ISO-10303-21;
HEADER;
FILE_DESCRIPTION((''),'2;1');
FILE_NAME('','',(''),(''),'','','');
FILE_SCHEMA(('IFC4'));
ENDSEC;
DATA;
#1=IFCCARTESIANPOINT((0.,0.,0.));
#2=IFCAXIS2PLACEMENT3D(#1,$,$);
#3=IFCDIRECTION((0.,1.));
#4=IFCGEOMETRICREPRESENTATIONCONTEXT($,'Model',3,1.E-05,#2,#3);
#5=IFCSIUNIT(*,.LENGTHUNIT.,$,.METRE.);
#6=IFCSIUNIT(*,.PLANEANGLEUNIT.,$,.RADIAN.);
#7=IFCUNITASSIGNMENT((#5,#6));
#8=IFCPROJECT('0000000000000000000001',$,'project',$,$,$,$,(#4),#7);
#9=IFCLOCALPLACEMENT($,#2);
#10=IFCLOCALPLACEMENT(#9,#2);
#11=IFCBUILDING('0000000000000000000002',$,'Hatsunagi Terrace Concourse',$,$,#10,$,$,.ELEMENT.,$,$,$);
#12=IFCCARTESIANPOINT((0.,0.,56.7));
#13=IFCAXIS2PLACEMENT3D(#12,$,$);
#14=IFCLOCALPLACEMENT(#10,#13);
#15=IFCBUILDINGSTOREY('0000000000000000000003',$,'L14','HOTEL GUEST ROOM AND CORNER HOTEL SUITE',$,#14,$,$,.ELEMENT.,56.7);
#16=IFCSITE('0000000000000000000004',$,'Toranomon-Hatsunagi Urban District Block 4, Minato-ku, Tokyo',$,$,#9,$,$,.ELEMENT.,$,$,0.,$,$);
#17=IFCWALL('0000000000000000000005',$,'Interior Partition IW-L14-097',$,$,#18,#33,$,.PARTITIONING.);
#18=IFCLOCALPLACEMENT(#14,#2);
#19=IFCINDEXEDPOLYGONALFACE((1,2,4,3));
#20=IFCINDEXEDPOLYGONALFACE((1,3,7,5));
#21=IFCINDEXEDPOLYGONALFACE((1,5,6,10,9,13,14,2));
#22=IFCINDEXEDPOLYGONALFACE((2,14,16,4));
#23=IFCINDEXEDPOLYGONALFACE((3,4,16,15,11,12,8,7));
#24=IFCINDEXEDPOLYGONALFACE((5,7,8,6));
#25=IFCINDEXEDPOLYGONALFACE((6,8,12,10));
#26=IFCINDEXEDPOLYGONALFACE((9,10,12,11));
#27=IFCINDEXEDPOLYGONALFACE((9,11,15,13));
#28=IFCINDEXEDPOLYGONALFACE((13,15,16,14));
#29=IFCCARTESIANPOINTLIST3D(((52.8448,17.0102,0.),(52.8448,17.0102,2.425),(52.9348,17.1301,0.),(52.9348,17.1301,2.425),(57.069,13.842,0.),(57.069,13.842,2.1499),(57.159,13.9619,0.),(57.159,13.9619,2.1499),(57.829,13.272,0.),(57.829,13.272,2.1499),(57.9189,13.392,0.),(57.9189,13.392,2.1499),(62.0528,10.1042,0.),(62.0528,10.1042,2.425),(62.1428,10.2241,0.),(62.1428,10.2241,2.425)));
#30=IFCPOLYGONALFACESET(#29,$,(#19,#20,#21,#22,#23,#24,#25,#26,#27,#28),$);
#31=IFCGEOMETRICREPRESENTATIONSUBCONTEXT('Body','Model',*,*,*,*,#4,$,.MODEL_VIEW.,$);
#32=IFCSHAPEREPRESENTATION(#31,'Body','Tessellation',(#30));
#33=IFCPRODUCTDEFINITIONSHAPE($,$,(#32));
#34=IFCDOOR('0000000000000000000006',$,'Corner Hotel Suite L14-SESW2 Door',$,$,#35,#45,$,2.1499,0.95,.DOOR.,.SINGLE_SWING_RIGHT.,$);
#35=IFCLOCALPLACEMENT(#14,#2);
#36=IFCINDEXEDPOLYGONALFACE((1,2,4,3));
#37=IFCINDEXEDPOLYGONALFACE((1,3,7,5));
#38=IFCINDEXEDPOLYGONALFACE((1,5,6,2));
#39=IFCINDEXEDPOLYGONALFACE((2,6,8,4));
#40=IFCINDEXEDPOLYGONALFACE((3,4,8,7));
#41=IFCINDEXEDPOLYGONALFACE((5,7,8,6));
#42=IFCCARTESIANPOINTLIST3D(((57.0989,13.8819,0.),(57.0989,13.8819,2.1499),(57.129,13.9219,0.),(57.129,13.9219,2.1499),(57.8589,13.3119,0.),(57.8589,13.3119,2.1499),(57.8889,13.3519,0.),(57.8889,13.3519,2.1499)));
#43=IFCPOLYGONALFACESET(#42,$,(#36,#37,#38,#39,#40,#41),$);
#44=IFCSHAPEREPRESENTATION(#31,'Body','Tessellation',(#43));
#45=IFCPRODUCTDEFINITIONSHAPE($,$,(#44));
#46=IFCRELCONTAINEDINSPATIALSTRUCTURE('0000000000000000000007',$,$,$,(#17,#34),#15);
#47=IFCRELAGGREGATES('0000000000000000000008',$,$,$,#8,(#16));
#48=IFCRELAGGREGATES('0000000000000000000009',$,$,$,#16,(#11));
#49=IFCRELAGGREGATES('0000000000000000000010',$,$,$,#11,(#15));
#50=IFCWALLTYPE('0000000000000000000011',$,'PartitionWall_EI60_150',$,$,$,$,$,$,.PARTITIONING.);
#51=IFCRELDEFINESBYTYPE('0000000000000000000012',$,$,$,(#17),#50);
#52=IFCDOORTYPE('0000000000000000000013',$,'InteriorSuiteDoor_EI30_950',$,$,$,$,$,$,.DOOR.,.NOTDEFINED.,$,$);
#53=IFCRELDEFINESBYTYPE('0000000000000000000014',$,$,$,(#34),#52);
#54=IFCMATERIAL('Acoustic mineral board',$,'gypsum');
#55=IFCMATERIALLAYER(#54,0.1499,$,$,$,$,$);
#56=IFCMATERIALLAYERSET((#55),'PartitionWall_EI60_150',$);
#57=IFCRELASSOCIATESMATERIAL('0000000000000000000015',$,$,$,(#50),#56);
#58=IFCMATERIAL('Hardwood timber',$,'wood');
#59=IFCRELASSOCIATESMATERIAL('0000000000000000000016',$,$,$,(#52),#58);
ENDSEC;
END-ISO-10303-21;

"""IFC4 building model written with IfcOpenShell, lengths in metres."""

from ifc_helpers import new_model, si_unit, direction, frame, frame_2d, origin, place, context, subcontext, project, spatial, rectangle, extrude, material, layer, layer_set, type_object, element, fill, save


model = new_model("IFC4")

# Units and contexts
model_context = context("Model", 3, precision=1e-05, world=origin(), true_north=direction((0.0, 1.0)))
body_context = subcontext(model_context, "Body", "Model", "MODEL_VIEW")
ifc_project = project(units=[si_unit("LENGTHUNIT", "METRE"), si_unit("PLANEANGLEUNIT", "RADIAN")], contexts=[model_context])

# Site, building, storey
site_placement = place(None, origin())
site = spatial("IfcSite", under=ifc_project, at=site_placement, Name="Toranomon-Hatsunagi Urban District Block 4, Minato-ku, Tokyo", CompositionType="ELEMENT", RefElevation=0.0)
building_placement = place(site_placement, origin())
building = spatial("IfcBuilding", under=site, at=building_placement, Name="Hatsunagi Terrace Concourse", CompositionType="ELEMENT")
storey_placement = place(building_placement, frame((0.0, 0.0, 56.7)))
storey = spatial("IfcBuildingStorey", under=building, at=storey_placement, Name="L14", Description="HOTEL GUEST ROOM AND CORNER HOTEL SUITE", CompositionType="ELEMENT", Elevation=56.7)

# Shared definitions
ifc_material_1 = material(Name="Acoustic mineral board", Category="gypsum")
ifc_layer_1 = layer(ifc_material_1, 0.1499)
ifc_layer_set_1 = layer_set([ifc_layer_1], Name="PartitionWall_EI60_150")
wall_type_1 = type_object("IfcWallType", Name="PartitionWall_EI60_150", PredefinedType="PARTITIONING", material=ifc_layer_set_1)

# Wall, opening, door
wall_1_placement = place(storey_placement, frame((52.8899, 17.0701, 0.0), z_axis=(0.0, 0.0, 1.0), x_axis=(0.8, -0.6, 0.0)))
wall_1 = element("IfcWall", 1, at=wall_1_placement, inside=storey, type_object=wall_type_1, Name="Interior Partition IW-L14-097", PredefinedType="PARTITIONING", context=body_context, shape_type="SweptSolid", body=[
    extrude(rectangle(XDim=11.51, YDim=0.1499, at=frame_2d((5.7549, 0.0))), origin(), (0.0, 0.0, 1.0), 2.425),
])
opening_1_placement = place(wall_1_placement, frame((5.28, 0.0, 0.0)))
opening_1 = element("IfcOpeningElement", 2, at=opening_1_placement, cuts=wall_1, PredefinedType="OPENING", context=body_context, shape_type="SweptSolid", body=[
    extrude(rectangle(XDim=0.95, YDim=2.1499, at=frame_2d((0.4751, 1.075))), frame((0.0, 0.085, 0.0), z_axis=(0.0, -1.0, 0.0), x_axis=(1.0, 0.0, 0.0)), (0.0, 0.0, 1.0), 0.1699),
])
ifc_material_2 = material(Name="Hardwood timber", Category="wood")
door_type_1 = type_object("IfcDoorType", Name="InteriorSuiteDoor_EI30_950", OperationType="NOTDEFINED", PredefinedType="DOOR", material=ifc_material_2)
door_1_placement = place(opening_1_placement, origin())
door_1 = element("IfcDoor", 3, at=door_1_placement, inside=storey, type_object=door_type_1, Name="Corner Hotel Suite L14-SESW2 Door", OperationType="SINGLE_SWING_RIGHT", OverallHeight=2.1499, OverallWidth=0.95, PredefinedType="DOOR", context=body_context, shape_type="SweptSolid", body=[
    extrude(rectangle(XDim=0.95, YDim=2.1499, at=frame_2d((0.4751, 1.075))), frame((0.0, 0.0249, 0.0), z_axis=(0.0, -1.0, 0.0), x_axis=(1.0, 0.0, 0.0)), (0.0, 0.0, 1.0), 0.05),
])
fill(opening_1, door_1)

save(model, "model.ifc")
